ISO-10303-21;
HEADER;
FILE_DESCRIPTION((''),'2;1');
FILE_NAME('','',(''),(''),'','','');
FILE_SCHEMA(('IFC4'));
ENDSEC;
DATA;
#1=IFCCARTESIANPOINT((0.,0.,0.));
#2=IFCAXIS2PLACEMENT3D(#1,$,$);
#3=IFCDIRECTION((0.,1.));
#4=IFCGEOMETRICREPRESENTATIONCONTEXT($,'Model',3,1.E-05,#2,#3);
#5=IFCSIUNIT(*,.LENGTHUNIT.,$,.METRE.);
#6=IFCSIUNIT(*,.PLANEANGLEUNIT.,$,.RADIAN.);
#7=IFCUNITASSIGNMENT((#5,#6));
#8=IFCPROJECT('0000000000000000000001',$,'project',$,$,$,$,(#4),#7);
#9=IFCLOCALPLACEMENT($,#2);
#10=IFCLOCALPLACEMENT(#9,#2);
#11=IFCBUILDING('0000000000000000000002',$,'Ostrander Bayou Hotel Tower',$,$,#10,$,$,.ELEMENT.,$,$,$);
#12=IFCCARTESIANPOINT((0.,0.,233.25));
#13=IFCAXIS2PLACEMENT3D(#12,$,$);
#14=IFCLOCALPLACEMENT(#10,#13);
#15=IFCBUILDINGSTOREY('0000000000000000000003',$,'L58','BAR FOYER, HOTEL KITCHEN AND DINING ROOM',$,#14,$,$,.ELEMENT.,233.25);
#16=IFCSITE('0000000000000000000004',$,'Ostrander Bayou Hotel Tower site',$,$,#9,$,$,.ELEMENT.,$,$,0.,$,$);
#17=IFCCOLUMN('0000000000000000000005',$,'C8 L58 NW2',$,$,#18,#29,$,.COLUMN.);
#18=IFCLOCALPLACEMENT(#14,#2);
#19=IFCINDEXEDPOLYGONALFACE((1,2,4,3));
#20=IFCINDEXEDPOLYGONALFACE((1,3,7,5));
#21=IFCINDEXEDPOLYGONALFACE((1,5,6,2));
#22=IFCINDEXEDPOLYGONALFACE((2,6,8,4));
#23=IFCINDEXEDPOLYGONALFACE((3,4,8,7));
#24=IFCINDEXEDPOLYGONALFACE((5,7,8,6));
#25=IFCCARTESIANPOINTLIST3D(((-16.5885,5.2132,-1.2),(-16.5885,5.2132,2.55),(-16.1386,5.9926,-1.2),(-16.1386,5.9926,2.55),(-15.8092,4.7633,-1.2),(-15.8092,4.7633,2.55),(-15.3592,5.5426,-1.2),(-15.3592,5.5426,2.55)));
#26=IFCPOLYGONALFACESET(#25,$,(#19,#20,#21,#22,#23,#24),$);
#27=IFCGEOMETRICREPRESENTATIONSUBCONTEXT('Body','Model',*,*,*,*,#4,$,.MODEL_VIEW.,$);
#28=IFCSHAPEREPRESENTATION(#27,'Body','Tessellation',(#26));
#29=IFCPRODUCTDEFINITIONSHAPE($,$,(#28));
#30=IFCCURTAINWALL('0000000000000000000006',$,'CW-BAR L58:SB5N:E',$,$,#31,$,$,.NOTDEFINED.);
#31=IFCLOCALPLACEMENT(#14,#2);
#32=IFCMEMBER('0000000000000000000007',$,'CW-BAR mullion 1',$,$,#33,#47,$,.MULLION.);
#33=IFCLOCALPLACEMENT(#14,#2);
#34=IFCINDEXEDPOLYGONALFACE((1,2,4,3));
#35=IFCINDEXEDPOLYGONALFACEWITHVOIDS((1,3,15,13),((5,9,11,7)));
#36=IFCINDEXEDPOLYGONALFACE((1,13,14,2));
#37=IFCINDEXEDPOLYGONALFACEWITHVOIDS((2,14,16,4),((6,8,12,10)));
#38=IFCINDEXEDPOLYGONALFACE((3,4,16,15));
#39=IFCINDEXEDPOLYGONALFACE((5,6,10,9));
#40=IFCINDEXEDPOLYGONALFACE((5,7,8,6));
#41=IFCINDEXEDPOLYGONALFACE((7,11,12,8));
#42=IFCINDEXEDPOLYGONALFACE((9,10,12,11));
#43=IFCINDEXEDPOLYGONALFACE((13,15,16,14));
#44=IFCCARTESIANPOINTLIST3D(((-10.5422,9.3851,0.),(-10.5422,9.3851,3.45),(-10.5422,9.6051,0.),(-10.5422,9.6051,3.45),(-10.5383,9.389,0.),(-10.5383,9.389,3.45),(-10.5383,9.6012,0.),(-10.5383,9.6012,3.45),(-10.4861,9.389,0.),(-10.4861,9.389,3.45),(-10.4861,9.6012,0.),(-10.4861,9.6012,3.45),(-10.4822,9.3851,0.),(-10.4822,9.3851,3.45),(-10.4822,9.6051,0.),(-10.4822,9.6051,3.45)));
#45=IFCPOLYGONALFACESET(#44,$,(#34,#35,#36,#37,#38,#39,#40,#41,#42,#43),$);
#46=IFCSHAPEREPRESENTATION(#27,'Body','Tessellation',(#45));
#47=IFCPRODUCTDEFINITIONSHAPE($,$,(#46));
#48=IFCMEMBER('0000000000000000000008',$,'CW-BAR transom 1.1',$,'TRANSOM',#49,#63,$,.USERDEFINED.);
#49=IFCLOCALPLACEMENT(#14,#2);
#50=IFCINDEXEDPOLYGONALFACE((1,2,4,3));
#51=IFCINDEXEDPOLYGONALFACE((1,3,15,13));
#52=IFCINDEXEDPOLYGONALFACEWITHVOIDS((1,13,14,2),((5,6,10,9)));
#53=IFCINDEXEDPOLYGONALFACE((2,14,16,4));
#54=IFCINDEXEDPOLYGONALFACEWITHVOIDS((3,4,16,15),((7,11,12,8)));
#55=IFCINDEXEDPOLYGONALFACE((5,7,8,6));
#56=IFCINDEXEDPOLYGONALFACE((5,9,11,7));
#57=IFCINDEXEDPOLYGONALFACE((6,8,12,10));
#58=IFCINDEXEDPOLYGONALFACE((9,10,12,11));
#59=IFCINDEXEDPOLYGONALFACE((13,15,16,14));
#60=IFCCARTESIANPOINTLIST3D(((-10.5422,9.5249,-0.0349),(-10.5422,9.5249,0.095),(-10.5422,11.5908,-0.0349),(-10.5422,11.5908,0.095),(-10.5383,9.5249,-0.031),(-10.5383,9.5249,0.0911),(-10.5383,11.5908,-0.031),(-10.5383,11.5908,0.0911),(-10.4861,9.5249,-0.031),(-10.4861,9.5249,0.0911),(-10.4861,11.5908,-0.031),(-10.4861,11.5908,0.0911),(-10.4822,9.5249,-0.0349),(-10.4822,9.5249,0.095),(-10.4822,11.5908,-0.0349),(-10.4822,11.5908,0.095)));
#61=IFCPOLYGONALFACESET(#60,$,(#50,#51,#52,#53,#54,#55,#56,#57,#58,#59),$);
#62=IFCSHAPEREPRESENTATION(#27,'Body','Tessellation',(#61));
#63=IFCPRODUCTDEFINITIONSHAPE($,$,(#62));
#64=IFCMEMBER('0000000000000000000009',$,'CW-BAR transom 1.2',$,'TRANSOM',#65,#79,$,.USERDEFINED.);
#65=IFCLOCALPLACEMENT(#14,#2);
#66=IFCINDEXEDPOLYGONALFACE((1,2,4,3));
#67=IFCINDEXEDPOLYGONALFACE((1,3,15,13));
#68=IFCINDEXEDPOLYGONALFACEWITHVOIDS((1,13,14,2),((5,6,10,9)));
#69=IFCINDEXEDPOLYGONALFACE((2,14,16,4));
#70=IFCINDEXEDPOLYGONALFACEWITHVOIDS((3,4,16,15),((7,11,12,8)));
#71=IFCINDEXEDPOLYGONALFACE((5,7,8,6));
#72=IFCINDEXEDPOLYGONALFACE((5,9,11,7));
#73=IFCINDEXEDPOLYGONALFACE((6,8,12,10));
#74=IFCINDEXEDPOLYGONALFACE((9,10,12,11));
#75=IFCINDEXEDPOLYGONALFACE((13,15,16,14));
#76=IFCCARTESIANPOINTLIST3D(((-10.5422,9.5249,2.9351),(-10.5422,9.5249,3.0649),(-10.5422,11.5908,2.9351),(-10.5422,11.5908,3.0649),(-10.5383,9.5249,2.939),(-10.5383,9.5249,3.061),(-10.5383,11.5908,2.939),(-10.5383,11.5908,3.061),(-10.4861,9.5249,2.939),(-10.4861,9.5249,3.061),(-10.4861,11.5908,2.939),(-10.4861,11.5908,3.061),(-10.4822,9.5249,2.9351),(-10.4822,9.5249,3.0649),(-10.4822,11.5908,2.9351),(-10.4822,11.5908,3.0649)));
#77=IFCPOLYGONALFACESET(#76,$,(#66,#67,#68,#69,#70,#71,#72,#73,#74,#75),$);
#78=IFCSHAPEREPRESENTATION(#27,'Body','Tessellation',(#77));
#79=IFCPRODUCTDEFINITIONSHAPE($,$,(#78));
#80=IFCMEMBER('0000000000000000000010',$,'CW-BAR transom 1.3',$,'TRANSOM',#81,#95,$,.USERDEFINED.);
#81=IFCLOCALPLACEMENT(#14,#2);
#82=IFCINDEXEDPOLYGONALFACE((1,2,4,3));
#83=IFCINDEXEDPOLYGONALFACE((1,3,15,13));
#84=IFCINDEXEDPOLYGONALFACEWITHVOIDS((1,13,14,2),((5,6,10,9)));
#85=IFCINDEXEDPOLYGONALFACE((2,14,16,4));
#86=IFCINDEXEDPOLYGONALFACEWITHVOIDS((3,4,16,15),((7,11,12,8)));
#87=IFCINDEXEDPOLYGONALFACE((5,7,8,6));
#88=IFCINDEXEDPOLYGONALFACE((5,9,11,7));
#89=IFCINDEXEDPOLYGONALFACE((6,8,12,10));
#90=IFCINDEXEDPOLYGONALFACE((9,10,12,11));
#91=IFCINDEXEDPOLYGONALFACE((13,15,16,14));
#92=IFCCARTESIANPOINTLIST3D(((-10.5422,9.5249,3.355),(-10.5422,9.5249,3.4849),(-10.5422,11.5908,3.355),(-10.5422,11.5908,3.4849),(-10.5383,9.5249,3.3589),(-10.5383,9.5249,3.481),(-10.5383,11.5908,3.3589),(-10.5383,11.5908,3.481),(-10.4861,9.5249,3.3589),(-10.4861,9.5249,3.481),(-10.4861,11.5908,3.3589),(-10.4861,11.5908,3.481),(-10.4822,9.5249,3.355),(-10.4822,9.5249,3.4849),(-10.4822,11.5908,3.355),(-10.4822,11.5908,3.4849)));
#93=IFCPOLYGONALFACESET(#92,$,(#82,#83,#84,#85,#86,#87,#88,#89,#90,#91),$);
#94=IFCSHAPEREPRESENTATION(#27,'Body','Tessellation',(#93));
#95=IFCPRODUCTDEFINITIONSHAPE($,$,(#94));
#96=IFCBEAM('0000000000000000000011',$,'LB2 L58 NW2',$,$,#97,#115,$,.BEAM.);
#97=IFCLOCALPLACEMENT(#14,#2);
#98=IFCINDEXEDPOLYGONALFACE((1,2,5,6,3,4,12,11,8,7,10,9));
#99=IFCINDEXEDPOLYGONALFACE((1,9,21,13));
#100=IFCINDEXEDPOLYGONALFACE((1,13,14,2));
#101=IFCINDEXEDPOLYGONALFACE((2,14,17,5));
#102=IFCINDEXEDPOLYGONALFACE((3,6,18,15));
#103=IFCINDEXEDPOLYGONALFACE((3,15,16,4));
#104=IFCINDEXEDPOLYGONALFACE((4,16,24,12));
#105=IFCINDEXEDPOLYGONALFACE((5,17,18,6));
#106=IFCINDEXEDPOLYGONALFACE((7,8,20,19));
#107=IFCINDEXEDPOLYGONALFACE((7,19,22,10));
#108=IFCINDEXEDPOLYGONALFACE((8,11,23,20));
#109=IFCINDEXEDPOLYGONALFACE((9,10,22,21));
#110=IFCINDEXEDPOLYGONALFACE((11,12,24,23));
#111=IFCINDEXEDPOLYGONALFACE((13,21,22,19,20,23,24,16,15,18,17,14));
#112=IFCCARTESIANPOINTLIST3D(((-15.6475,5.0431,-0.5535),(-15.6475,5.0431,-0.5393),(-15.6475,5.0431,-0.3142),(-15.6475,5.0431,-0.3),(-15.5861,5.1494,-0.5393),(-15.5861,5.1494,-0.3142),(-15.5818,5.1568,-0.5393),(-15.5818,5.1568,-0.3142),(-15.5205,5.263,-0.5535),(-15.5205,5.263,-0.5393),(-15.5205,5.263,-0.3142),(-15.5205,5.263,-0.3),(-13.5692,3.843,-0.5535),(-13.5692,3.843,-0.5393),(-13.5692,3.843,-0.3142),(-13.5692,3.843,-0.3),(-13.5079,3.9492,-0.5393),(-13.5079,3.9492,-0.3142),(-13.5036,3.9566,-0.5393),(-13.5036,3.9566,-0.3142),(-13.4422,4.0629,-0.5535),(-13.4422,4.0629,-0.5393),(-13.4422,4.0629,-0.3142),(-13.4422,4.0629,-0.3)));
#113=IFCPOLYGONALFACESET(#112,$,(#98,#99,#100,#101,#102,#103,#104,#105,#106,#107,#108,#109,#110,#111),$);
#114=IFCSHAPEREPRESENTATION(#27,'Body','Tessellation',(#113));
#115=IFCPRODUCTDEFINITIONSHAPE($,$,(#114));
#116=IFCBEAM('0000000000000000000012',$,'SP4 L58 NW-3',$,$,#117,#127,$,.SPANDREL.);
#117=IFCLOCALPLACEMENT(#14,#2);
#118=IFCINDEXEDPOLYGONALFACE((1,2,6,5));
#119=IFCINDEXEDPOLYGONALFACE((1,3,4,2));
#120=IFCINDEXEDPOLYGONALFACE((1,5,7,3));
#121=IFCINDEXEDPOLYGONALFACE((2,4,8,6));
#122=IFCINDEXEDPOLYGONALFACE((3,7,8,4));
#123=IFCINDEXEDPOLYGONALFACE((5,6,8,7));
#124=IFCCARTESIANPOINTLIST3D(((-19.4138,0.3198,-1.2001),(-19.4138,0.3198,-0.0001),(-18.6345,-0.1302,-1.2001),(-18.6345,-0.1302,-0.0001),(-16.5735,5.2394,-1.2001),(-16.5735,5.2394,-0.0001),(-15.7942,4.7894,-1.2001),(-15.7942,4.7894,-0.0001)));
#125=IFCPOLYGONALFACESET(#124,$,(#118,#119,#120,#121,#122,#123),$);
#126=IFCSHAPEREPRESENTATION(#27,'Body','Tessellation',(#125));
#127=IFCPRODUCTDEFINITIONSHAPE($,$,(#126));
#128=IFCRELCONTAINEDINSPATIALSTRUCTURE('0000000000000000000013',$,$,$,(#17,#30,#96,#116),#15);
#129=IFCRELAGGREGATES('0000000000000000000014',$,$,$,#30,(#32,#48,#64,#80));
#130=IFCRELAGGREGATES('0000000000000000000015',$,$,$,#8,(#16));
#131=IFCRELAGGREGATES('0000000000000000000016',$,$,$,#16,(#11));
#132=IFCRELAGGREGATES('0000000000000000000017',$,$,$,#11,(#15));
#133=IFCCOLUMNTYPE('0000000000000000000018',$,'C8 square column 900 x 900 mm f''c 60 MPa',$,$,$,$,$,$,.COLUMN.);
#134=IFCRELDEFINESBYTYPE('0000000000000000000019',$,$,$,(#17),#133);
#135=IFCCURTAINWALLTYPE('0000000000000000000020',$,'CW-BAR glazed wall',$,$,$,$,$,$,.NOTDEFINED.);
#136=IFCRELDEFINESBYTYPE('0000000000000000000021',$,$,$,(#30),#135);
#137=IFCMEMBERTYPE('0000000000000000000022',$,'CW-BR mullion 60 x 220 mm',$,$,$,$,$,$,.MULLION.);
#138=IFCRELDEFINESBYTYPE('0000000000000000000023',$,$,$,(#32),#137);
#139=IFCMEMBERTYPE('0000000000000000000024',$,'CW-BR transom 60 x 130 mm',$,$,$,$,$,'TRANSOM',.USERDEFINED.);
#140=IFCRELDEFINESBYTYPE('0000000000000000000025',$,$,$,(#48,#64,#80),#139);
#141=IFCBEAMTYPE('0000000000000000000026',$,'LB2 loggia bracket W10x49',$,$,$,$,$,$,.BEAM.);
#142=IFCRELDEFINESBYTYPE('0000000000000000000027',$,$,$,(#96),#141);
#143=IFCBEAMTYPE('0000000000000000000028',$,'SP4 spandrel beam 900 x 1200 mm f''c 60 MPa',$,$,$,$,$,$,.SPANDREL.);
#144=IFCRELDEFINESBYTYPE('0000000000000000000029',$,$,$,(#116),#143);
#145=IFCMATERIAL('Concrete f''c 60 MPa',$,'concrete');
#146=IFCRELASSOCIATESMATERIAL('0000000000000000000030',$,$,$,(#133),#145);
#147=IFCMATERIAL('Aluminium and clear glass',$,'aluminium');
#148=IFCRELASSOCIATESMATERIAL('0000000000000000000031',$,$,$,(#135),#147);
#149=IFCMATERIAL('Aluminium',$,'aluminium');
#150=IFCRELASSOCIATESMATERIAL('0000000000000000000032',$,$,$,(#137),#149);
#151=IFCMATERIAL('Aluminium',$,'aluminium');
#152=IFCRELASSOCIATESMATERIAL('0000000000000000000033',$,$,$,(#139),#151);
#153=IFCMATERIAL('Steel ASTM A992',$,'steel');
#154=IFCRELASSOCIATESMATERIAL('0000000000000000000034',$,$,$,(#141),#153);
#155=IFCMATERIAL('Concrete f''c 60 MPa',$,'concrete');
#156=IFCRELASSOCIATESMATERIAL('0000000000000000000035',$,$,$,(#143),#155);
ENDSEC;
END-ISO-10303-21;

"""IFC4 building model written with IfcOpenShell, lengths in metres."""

from ifc_helpers import new_model, si_unit, direction, frame, origin, origin_2d, place, context, subcontext, project, spatial, rectangle, hollow_rectangle, i_section, extrude, material, material_profile, profile_set, type_object, element, aggregate, save


model = new_model("IFC4")

# Units and contexts
model_context = context("Model", 3, precision=1e-05, world=origin(), true_north=direction((0.0, 1.0)))
body_context = subcontext(model_context, "Body", "Model", "MODEL_VIEW")
ifc_project = project(units=[si_unit("LENGTHUNIT", "METRE"), si_unit("PLANEANGLEUNIT", "RADIAN")], contexts=[model_context])

# Site, building, storey
site_placement = place(None, origin())
site = spatial("IfcSite", under=ifc_project, at=site_placement, Name="Ostrander Bayou Hotel Tower site", CompositionType="ELEMENT", RefElevation=0.0)
building_placement = place(site_placement, origin())
building = spatial("IfcBuilding", under=site, at=building_placement, Name="Ostrander Bayou Hotel Tower", CompositionType="ELEMENT")
storey_placement = place(building_placement, frame((0.0, 0.0, 233.25)))
storey = spatial("IfcBuildingStorey", under=building, at=storey_placement, Name="L58", Description="BAR FOYER, HOTEL KITCHEN AND DINING ROOM", CompositionType="ELEMENT", Elevation=233.25)

# Column
ifc_material_1 = material(Name="Concrete f'c 60 MPa", Category="concrete")
ifc_material_profile_1 = material_profile(ifc_material_1, rectangle(XDim=0.8999, YDim=0.8999, at=origin_2d()))
ifc_profile_set_1 = profile_set([ifc_material_profile_1], Name="Concrete f'c 60 MPa")
column_type = type_object("IfcColumnType", Name="C8 square column 900 x 900 mm f'c 60 MPa", PredefinedType="COLUMN", material=ifc_profile_set_1)
column_placement = place(storey_placement, frame((-15.9739, 5.3779, -1.2), z_axis=(0.0, 0.0, 1.0), x_axis=(0.5, 0.866025, 0.0)))
element("IfcColumn", 1, at=column_placement, inside=storey, type_object=column_type, Name="C8 L58 NW2", PredefinedType="COLUMN", context=body_context, shape_type="SweptSolid", body=[
    extrude(rectangle(XDim=0.8999, YDim=0.8999, at=origin_2d()), origin(), (0.0, 0.0, 1.0), 3.75),
])

# Curtain wall, members
ifc_material_2 = material(Name="Aluminium and clear glass", Category="aluminium")
curtain_wall_type = type_object("IfcCurtainWallType", Name="CW-BAR glazed wall", PredefinedType="NOTDEFINED", material=ifc_material_2)
curtain_wall_placement = place(storey_placement, origin())
curtain_wall = element("IfcCurtainWall", 2, at=curtain_wall_placement, inside=storey, type_object=curtain_wall_type, Name="CW-BAR L58:SB5N:E", PredefinedType="NOTDEFINED")
ifc_material_3 = material(Name="Aluminium", Category="aluminium")
ifc_material_profile_2 = material_profile(ifc_material_3, hollow_rectangle(XDim=0.0601, YDim=0.22, WallThickness=0.0039, at=origin_2d()))
ifc_profile_set_2 = profile_set([ifc_material_profile_2], Name="Aluminium")
member_type_1 = type_object("IfcMemberType", Name="CW-BR mullion 60 x 220 mm", PredefinedType="MULLION", material=ifc_profile_set_2)
member_1_placement = place(storey_placement, frame((-10.5122, 9.4951, 0.0), z_axis=(0.0, 0.0, 1.0), x_axis=(-1.0, 0.0, 0.0)))
member_1 = element("IfcMember", 3, at=member_1_placement, type_object=member_type_1, Name="CW-BAR mullion 1", PredefinedType="MULLION", context=body_context, shape_type="SweptSolid", body=[
    extrude(hollow_rectangle(XDim=0.0601, YDim=0.22, WallThickness=0.0039, at=origin_2d()), origin(), (0.0, 0.0, 1.0), 3.45),
])
ifc_material_4 = material(Name="Aluminium", Category="aluminium")
ifc_material_profile_3 = material_profile(ifc_material_4, hollow_rectangle(XDim=0.0601, YDim=0.1299, WallThickness=0.0039, at=origin_2d()))
ifc_profile_set_3 = profile_set([ifc_material_profile_3], Name="Aluminium")
member_type_2 = type_object("IfcMemberType", Name="CW-BR transom 60 x 130 mm", ElementType="TRANSOM", PredefinedType="USERDEFINED", material=ifc_profile_set_3)
member_2_placement = place(storey_placement, frame((-10.5122, 9.5249, 0.03), z_axis=(0.0, 1.0, 0.0), x_axis=(-1.0, 0.0, 0.0)))
member_2 = element("IfcMember", 4, at=member_2_placement, type_object=member_type_2, Name="CW-BAR transom 1.1", ObjectType="TRANSOM", PredefinedType="USERDEFINED", context=body_context, shape_type="SweptSolid", body=[
    extrude(hollow_rectangle(XDim=0.0601, YDim=0.1299, WallThickness=0.0039, at=origin_2d()), origin(), (0.0, 0.0, 1.0), 2.0659),
])
member_3_placement = place(storey_placement, frame((-10.5122, 9.5249, 3.0), z_axis=(0.0, 1.0, 0.0), x_axis=(-1.0, 0.0, 0.0)))
member_3 = element("IfcMember", 5, at=member_3_placement, type_object=member_type_2, Name="CW-BAR transom 1.2", ObjectType="TRANSOM", PredefinedType="USERDEFINED", context=body_context, shape_type="SweptSolid", body=[
    extrude(hollow_rectangle(XDim=0.0601, YDim=0.1299, WallThickness=0.0039, at=origin_2d()), origin(), (0.0, 0.0, 1.0), 2.0659),
])
member_4_placement = place(storey_placement, frame((-10.5122, 9.5249, 3.4199), z_axis=(0.0, 1.0, 0.0), x_axis=(-1.0, 0.0, 0.0)))
member_4 = element("IfcMember", 6, at=member_4_placement, type_object=member_type_2, Name="CW-BAR transom 1.3", ObjectType="TRANSOM", PredefinedType="USERDEFINED", context=body_context, shape_type="SweptSolid", body=[
    extrude(hollow_rectangle(XDim=0.0601, YDim=0.1299, WallThickness=0.0039, at=origin_2d()), origin(), (0.0, 0.0, 1.0), 2.0659),
])
aggregate(curtain_wall, [member_1, member_2, member_3, member_4])

# Beams
ifc_material_5 = material(Name="Steel ASTM A992", Category="steel")
ifc_material_profile_4 = material_profile(ifc_material_5, i_section(OverallWidth=0.2539, OverallDepth=0.2534, WebThickness=0.0085, FlangeThickness=0.0142, at=origin_2d()))
ifc_profile_set_4 = profile_set([ifc_material_profile_4], Name="Steel ASTM A992")
beam_type_1 = type_object("IfcBeamType", Name="LB2 loggia bracket W10x49", PredefinedType="BEAM", material=ifc_profile_set_4)
beam_1_placement = place(storey_placement, frame((-15.584, 5.1531, -0.4268), z_axis=(0.865981, -0.500078, 0.0), x_axis=(0.500078, 0.865981, 0.0)))
element("IfcBeam", 7, at=beam_1_placement, inside=storey, type_object=beam_type_1, Name="LB2 L58 NW2", PredefinedType="BEAM", context=body_context, shape_type="SweptSolid", body=[
    extrude(i_section(OverallWidth=0.2539, OverallDepth=0.2534, WebThickness=0.0085, FlangeThickness=0.0142, at=origin_2d()), origin(), (0.0, 0.0, 1.0), 2.3999),
])
ifc_material_6 = material(Name="Concrete f'c 60 MPa", Category="concrete")
ifc_material_profile_5 = material_profile(ifc_material_6, rectangle(XDim=0.8999, YDim=1.2, at=origin_2d()))
ifc_profile_set_5 = profile_set([ifc_material_profile_5], Name="Concrete f'c 60 MPa")
beam_type_2 = type_object("IfcBeamType", Name="SP4 spandrel beam 900 x 1200 mm f'c 60 MPa", PredefinedType="SPANDREL", material=ifc_profile_set_5)
beam_2_placement = place(storey_placement, frame((-16.1838, 5.0144, -0.6001), z_axis=(-0.499994, -0.866029, 0.0), x_axis=(0.866029, -0.499994, 0.0)))
element("IfcBeam", 8, at=beam_2_placement, inside=storey, type_object=beam_type_2, Name="SP4 L58 NW-3", PredefinedType="SPANDREL", context=body_context, shape_type="SweptSolid", body=[
    extrude(rectangle(XDim=0.8999, YDim=1.2, at=origin_2d()), origin(), (0.0, 0.0, 1.0), 5.6807),
])

save(model, "model.ifc")
